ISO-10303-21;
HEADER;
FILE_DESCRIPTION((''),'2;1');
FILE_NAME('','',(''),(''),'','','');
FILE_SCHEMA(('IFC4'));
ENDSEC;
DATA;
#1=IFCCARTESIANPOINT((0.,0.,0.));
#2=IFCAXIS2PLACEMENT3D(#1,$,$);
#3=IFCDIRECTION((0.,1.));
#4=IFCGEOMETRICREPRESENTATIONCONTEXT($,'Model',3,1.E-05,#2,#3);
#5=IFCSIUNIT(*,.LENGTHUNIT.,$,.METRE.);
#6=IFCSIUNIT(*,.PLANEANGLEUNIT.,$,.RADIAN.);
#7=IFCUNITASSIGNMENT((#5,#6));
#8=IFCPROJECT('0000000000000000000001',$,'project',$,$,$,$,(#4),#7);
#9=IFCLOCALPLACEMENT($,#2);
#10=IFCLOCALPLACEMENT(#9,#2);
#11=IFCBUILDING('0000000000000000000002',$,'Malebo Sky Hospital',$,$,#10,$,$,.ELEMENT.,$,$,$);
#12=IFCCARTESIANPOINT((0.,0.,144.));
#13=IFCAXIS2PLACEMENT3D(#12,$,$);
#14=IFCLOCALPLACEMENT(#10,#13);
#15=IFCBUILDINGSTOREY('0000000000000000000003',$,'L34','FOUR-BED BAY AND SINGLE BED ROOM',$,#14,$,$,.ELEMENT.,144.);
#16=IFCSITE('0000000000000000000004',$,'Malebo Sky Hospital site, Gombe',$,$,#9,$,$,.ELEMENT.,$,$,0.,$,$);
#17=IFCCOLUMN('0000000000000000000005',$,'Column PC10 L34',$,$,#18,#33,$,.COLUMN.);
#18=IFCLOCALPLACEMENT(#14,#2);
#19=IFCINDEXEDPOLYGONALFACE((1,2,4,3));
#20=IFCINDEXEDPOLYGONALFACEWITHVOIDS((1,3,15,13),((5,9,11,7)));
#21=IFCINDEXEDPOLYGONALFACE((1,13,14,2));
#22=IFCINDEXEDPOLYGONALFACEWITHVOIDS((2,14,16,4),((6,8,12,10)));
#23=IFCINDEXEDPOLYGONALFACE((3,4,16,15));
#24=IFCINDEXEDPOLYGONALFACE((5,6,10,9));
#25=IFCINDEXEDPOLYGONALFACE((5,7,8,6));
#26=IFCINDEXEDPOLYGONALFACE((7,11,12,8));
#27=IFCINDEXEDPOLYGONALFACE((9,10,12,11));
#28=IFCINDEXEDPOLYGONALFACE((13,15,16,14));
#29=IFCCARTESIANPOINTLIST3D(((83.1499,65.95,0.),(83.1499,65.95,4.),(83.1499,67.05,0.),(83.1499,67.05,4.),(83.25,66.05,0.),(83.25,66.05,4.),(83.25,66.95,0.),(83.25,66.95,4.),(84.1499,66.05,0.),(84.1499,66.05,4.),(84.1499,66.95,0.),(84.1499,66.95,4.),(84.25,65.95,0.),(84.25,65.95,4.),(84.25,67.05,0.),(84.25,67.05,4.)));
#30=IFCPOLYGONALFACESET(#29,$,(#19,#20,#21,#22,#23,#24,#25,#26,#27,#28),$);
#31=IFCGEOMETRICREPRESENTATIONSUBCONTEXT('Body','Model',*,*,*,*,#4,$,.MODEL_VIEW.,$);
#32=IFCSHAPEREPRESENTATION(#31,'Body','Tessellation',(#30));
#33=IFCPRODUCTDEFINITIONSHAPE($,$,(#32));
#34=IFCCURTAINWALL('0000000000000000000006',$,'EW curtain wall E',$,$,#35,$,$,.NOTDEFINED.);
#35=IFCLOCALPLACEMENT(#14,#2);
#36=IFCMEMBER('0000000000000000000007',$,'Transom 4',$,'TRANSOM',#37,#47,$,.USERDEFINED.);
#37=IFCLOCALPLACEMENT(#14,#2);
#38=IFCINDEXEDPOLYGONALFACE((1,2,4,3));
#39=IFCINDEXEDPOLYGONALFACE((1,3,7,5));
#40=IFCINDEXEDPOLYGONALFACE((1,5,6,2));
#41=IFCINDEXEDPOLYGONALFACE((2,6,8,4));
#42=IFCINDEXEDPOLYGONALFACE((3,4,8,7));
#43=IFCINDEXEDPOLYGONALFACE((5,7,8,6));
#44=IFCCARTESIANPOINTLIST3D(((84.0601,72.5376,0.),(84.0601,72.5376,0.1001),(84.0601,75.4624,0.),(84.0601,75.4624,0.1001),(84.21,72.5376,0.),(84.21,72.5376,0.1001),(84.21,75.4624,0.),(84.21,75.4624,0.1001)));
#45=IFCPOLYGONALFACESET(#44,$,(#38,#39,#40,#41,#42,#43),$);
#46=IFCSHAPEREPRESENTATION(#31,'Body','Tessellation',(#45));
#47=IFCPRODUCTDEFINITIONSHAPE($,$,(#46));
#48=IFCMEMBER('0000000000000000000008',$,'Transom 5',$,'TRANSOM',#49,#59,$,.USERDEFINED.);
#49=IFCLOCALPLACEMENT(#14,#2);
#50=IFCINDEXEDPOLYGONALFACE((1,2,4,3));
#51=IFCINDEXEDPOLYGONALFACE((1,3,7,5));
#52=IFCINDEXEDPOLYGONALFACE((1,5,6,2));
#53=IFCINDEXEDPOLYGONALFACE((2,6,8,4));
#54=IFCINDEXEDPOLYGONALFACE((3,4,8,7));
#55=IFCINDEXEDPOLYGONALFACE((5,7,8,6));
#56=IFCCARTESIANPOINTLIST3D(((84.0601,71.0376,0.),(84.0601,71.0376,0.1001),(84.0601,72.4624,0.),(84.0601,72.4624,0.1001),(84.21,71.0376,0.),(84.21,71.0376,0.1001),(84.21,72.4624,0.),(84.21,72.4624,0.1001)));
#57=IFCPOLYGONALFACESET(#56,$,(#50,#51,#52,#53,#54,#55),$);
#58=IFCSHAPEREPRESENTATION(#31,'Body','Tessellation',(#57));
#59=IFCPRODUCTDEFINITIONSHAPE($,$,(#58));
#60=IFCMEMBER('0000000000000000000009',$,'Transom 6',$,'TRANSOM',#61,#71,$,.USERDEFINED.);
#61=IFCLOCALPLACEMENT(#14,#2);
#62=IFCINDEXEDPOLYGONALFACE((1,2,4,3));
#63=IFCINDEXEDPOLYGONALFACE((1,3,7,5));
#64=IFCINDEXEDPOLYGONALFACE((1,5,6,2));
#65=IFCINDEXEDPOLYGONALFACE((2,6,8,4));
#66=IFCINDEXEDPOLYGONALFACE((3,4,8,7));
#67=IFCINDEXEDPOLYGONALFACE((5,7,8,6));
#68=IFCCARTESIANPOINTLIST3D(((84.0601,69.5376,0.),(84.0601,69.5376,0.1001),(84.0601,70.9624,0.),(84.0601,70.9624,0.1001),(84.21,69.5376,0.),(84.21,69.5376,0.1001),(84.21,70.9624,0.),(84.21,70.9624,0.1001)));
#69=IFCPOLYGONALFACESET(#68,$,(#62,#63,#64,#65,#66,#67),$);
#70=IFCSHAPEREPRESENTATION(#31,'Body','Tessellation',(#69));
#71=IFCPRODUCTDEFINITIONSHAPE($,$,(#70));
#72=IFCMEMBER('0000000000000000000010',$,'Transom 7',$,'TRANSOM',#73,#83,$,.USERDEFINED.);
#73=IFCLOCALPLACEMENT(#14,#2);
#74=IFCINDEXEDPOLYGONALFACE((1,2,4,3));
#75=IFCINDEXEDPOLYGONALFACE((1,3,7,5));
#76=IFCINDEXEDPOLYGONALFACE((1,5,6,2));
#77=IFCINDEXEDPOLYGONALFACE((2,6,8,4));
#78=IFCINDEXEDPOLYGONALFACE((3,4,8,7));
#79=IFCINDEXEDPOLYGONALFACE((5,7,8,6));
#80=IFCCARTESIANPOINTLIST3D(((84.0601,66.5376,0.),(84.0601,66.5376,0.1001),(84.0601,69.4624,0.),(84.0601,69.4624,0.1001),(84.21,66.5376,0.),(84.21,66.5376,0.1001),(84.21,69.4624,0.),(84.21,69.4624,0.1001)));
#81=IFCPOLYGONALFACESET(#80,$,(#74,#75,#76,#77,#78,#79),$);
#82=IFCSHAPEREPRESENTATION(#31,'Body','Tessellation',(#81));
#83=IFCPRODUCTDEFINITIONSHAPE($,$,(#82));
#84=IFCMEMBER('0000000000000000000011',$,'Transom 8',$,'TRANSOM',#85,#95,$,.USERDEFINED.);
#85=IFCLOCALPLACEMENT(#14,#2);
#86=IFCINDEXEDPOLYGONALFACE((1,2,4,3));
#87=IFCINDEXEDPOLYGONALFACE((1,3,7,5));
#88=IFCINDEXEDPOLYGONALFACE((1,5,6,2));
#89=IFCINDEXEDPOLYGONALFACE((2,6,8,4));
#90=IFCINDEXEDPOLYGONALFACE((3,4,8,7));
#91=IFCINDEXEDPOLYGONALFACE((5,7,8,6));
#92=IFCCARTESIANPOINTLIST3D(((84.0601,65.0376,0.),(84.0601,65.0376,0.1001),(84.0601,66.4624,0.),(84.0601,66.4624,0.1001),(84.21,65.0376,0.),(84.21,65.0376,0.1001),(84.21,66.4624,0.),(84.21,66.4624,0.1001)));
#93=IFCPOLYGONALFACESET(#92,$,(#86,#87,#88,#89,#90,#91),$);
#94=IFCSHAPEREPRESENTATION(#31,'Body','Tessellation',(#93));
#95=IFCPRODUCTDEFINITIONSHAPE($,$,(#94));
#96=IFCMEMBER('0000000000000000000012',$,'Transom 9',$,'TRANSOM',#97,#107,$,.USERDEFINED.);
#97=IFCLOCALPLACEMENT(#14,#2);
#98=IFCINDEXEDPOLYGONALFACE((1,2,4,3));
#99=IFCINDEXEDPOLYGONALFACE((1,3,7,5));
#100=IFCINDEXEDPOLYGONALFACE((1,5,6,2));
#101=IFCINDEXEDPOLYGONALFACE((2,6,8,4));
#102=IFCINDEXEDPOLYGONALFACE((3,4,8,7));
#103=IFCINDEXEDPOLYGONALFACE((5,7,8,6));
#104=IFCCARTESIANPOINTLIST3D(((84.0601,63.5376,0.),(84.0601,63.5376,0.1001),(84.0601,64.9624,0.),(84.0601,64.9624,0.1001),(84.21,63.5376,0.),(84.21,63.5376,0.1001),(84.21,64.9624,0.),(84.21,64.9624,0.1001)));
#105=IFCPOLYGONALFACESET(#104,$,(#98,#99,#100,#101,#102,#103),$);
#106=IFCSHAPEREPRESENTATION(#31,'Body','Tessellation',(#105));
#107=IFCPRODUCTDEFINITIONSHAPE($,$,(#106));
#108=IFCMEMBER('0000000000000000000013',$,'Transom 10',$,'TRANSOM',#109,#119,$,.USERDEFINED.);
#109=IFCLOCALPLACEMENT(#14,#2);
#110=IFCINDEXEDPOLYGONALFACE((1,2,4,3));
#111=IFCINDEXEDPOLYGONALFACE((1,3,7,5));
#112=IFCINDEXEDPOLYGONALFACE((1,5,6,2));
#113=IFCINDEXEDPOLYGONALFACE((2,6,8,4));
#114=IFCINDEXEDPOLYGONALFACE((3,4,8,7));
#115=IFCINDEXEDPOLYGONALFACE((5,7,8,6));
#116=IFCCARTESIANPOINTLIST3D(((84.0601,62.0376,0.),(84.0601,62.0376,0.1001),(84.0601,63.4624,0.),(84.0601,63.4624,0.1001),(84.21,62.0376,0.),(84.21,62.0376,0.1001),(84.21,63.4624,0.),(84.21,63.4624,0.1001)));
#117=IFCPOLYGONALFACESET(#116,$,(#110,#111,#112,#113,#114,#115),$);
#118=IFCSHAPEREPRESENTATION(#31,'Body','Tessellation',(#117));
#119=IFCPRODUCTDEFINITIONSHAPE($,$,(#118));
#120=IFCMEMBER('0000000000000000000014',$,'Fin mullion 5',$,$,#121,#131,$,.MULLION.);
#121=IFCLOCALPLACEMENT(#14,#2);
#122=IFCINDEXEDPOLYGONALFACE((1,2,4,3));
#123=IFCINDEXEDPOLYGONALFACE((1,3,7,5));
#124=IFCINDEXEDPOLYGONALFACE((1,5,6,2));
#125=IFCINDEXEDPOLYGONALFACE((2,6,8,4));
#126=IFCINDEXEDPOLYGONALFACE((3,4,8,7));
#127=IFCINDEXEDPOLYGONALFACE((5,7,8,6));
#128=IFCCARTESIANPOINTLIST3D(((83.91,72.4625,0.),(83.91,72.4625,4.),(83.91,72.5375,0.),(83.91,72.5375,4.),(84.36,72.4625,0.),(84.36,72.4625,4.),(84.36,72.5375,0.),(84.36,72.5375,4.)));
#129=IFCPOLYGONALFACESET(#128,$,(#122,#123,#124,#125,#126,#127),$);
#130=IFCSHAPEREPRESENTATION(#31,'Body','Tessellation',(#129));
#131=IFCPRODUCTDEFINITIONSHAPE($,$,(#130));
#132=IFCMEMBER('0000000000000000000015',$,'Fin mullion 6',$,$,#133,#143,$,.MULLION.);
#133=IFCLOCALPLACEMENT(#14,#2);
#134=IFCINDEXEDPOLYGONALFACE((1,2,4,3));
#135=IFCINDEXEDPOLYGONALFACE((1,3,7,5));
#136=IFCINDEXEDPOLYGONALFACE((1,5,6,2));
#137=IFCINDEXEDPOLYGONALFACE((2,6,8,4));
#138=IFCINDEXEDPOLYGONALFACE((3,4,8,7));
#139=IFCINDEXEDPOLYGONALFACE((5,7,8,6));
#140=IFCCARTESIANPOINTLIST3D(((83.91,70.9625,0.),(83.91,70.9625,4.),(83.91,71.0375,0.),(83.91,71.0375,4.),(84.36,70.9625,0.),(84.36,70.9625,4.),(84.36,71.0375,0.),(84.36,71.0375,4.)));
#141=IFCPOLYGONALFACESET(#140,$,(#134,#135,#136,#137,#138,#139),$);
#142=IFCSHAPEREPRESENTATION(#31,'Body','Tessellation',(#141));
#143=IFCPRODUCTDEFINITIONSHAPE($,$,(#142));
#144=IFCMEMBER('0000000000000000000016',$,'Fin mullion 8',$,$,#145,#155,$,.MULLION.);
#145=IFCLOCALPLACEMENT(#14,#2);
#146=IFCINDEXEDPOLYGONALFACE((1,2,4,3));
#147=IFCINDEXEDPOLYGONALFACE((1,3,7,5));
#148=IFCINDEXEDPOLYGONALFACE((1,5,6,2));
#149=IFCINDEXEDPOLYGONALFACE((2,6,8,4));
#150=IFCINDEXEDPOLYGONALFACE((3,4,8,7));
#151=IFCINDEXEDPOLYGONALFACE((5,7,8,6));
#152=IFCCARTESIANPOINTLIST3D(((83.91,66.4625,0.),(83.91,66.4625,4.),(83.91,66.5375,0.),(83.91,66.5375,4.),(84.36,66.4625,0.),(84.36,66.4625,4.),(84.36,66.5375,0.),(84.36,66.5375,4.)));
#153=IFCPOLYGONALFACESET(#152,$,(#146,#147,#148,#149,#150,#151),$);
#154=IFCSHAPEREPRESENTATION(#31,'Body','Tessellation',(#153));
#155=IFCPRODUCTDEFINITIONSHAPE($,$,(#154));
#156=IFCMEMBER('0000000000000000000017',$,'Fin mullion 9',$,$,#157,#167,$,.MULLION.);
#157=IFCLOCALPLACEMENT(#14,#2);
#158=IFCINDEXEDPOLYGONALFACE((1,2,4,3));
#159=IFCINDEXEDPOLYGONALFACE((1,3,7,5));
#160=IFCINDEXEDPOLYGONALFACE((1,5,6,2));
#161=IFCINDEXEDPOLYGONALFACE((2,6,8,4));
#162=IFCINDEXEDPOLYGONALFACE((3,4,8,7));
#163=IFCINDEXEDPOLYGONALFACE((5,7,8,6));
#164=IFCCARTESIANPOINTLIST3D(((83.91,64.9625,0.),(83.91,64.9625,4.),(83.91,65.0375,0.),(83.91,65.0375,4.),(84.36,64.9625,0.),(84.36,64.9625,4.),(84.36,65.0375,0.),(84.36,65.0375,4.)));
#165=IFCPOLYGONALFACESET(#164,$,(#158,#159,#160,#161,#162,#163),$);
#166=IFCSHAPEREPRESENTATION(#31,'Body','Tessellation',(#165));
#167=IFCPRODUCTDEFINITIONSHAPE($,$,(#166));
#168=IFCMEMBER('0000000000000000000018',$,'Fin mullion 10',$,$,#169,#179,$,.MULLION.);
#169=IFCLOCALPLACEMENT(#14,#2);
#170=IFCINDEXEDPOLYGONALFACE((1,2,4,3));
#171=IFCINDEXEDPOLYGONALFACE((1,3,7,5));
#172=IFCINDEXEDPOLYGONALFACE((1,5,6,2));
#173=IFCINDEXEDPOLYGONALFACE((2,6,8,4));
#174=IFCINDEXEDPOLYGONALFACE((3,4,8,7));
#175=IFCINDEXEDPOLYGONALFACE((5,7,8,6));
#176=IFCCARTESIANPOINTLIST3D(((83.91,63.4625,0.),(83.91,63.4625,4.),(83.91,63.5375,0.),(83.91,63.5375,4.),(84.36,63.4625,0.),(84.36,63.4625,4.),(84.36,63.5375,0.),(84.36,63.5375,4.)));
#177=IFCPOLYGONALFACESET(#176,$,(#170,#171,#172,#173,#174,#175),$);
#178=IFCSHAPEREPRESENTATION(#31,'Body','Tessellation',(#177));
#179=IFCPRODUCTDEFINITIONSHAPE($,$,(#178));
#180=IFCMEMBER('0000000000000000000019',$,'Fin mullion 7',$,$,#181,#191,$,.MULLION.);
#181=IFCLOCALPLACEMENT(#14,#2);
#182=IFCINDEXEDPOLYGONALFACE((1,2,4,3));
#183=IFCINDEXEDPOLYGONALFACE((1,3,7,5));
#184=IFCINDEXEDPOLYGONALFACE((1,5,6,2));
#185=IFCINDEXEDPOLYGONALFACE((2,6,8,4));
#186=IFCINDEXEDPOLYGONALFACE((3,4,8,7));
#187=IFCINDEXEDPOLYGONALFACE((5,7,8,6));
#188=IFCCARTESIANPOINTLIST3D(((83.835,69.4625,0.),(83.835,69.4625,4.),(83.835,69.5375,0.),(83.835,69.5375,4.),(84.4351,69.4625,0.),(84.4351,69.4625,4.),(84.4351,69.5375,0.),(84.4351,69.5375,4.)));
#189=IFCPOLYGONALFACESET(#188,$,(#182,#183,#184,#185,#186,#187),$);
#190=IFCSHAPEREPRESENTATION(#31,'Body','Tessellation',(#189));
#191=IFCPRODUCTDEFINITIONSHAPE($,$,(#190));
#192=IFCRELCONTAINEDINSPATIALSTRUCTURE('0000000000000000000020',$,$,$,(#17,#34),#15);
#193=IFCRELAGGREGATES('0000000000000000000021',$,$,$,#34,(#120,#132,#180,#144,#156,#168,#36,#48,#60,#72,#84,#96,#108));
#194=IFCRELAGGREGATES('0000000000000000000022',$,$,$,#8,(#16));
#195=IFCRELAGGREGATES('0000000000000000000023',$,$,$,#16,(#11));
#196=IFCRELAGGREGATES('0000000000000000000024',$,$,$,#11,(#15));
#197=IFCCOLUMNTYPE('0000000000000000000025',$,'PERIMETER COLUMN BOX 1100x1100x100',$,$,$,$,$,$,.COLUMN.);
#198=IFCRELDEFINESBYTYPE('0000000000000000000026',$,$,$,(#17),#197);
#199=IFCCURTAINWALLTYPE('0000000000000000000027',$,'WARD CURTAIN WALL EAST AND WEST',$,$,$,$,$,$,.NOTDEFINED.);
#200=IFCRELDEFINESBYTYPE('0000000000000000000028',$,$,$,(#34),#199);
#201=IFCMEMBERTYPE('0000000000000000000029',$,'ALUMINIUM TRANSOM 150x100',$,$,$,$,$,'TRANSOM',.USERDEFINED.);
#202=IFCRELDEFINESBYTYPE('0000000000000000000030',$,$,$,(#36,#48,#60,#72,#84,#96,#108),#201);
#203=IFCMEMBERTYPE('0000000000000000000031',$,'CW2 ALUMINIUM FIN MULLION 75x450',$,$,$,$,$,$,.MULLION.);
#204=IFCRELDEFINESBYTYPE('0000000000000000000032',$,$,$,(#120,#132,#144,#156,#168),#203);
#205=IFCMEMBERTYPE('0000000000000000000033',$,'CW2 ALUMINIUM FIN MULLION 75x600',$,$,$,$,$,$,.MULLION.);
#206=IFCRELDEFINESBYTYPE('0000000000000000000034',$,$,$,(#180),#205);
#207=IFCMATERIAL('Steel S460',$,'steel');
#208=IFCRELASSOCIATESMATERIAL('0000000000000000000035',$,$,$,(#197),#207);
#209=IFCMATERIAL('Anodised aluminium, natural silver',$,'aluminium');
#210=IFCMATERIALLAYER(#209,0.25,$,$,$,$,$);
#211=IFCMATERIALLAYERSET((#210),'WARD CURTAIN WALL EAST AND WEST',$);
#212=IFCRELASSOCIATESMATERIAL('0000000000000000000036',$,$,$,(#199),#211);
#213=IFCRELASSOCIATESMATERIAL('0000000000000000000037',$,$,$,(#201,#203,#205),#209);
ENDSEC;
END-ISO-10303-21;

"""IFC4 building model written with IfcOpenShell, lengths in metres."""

from ifc_helpers import new_model, si_unit, direction, frame, origin, origin_2d, place, context, subcontext, project, spatial, rectangle, hollow_rectangle, extrude, material, layer, layer_set, material_profile, profile_set, type_object, element, aggregate, save


model = new_model("IFC4")

# Units and contexts
model_context = context("Model", 3, precision=1e-05, world=origin(), true_north=direction((0.0, 1.0)))
body_context = subcontext(model_context, "Body", "Model", "MODEL_VIEW")
ifc_project = project(units=[si_unit("LENGTHUNIT", "METRE"), si_unit("PLANEANGLEUNIT", "RADIAN")], contexts=[model_context])

# Site, building, storey
site_placement = place(None, origin())
site = spatial("IfcSite", under=ifc_project, at=site_placement, Name="Malebo Sky Hospital site, Gombe", CompositionType="ELEMENT", RefElevation=0.0)
building_placement = place(site_placement, origin())
building = spatial("IfcBuilding", under=site, at=building_placement, Name="Malebo Sky Hospital", CompositionType="ELEMENT")
storey_placement = place(building_placement, frame((0.0, 0.0, 144.0)))
storey = spatial("IfcBuildingStorey", under=building, at=storey_placement, Name="L34", Description="FOUR-BED BAY AND SINGLE BED ROOM", CompositionType="ELEMENT", Elevation=144.0)

# Column
ifc_material_1 = material(Name="Steel S460", Category="steel")
ifc_material_profile_1 = material_profile(ifc_material_1, hollow_rectangle(XDim=1.1001, YDim=1.1001, WallThickness=0.1001, at=origin_2d()), Name="BOX 1100x1100x100")
ifc_profile_set_1 = profile_set([ifc_material_profile_1], Name="Steel S460")
column_type = type_object("IfcColumnType", Name="PERIMETER COLUMN BOX 1100x1100x100", PredefinedType="COLUMN", material=ifc_profile_set_1)
column_placement = place(storey_placement, frame((83.7, 66.5, 0.0), z_axis=(0.0, 0.0, 1.0), x_axis=(1.0, 0.0, 0.0)))
element("IfcColumn", 1, at=column_placement, inside=storey, type_object=column_type, Name="Column PC10 L34", PredefinedType="COLUMN", context=body_context, shape_type="SweptSolid", body=[
    extrude(hollow_rectangle(XDim=1.1001, YDim=1.1001, WallThickness=0.1001, at=origin_2d()), origin(), (0.0, 0.0, 1.0), 4.0),
])

# Curtain wall, members
ifc_material_2 = material(Name="Anodised aluminium, natural silver", Category="aluminium")
ifc_layer_1 = layer(ifc_material_2, 0.25)
ifc_layer_set_1 = layer_set([ifc_layer_1], Name="WARD CURTAIN WALL EAST AND WEST")
curtain_wall_type = type_object("IfcCurtainWallType", Name="WARD CURTAIN WALL EAST AND WEST", PredefinedType="NOTDEFINED", material=ifc_layer_set_1)
curtain_wall_placement = place(storey_placement, origin())
curtain_wall = element("IfcCurtainWall", 2, at=curtain_wall_placement, inside=storey, type_object=curtain_wall_type, Name="EW curtain wall E", PredefinedType="NOTDEFINED")
ifc_material_profile_2 = material_profile(ifc_material_2, rectangle(XDim=0.1499, YDim=0.1001, at=origin_2d()), Name="ALUMINIUM TRANSOM 150x100")
ifc_profile_set_2 = profile_set([ifc_material_profile_2], Name="Anodised aluminium, natural silver")
member_type_1 = type_object("IfcMemberType", Name="ALUMINIUM TRANSOM 150x100", ElementType="TRANSOM", PredefinedType="USERDEFINED", material=ifc_profile_set_2)
member_1_placement = place(storey_placement, frame((84.135, 75.4624, 0.05), z_axis=(0.0, -1.0, 0.0), x_axis=(1.0, 0.0, 0.0)))
member_1 = element("IfcMember", 3, at=member_1_placement, type_object=member_type_1, Name="Transom 4", ObjectType="TRANSOM", PredefinedType="USERDEFINED", context=body_context, shape_type="SweptSolid", body=[
    extrude(rectangle(XDim=0.1499, YDim=0.1001, at=origin_2d()), origin(), (0.0, 0.0, 1.0), 2.9248),
])
member_2_placement = place(storey_placement, frame((84.135, 72.4624, 0.05), z_axis=(0.0, -1.0, 0.0), x_axis=(1.0, 0.0, 0.0)))
member_2 = element("IfcMember", 4, at=member_2_placement, type_object=member_type_1, Name="Transom 5", ObjectType="TRANSOM", PredefinedType="USERDEFINED", context=body_context, shape_type="SweptSolid", body=[
    extrude(rectangle(XDim=0.1499, YDim=0.1001, at=origin_2d()), origin(), (0.0, 0.0, 1.0), 1.4248),
])
member_3_placement = place(storey_placement, frame((84.135, 70.9624, 0.05), z_axis=(0.0, -1.0, 0.0), x_axis=(1.0, 0.0, 0.0)))
member_3 = element("IfcMember", 5, at=member_3_placement, type_object=member_type_1, Name="Transom 6", ObjectType="TRANSOM", PredefinedType="USERDEFINED", context=body_context, shape_type="SweptSolid", body=[
    extrude(rectangle(XDim=0.1499, YDim=0.1001, at=origin_2d()), origin(), (0.0, 0.0, 1.0), 1.4248),
])
member_4_placement = place(storey_placement, frame((84.135, 69.4624, 0.05), z_axis=(0.0, -1.0, 0.0), x_axis=(1.0, 0.0, 0.0)))
member_4 = element("IfcMember", 6, at=member_4_placement, type_object=member_type_1, Name="Transom 7", ObjectType="TRANSOM", PredefinedType="USERDEFINED", context=body_context, shape_type="SweptSolid", body=[
    extrude(rectangle(XDim=0.1499, YDim=0.1001, at=origin_2d()), origin(), (0.0, 0.0, 1.0), 2.9248),
])
member_5_placement = place(storey_placement, frame((84.135, 66.4624, 0.05), z_axis=(0.0, -1.0, 0.0), x_axis=(1.0, 0.0, 0.0)))
member_5 = element("IfcMember", 7, at=member_5_placement, type_object=member_type_1, Name="Transom 8", ObjectType="TRANSOM", PredefinedType="USERDEFINED", context=body_context, shape_type="SweptSolid", body=[
    extrude(rectangle(XDim=0.1499, YDim=0.1001, at=origin_2d()), origin(), (0.0, 0.0, 1.0), 1.4248),
])
member_6_placement = place(storey_placement, frame((84.135, 64.9624, 0.05), z_axis=(0.0, -1.0, 0.0), x_axis=(1.0, 0.0, 0.0)))
member_6 = element("IfcMember", 8, at=member_6_placement, type_object=member_type_1, Name="Transom 9", ObjectType="TRANSOM", PredefinedType="USERDEFINED", context=body_context, shape_type="SweptSolid", body=[
    extrude(rectangle(XDim=0.1499, YDim=0.1001, at=origin_2d()), origin(), (0.0, 0.0, 1.0), 1.4248),
])
member_7_placement = place(storey_placement, frame((84.135, 63.4624, 0.05), z_axis=(0.0, -1.0, 0.0), x_axis=(1.0, 0.0, 0.0)))
member_7 = element("IfcMember", 9, at=member_7_placement, type_object=member_type_1, Name="Transom 10", ObjectType="TRANSOM", PredefinedType="USERDEFINED", context=body_context, shape_type="SweptSolid", body=[
    extrude(rectangle(XDim=0.1499, YDim=0.1001, at=origin_2d()), origin(), (0.0, 0.0, 1.0), 1.4248),
])
ifc_material_profile_3 = material_profile(ifc_material_2, rectangle(XDim=0.075, YDim=0.45, at=origin_2d()), Name="CW2 ALUMINIUM FIN MULLION 75x450")
ifc_profile_set_3 = profile_set([ifc_material_profile_3], Name="Anodised aluminium, natural silver")
member_type_2 = type_object("IfcMemberType", Name="CW2 ALUMINIUM FIN MULLION 75x450", PredefinedType="MULLION", material=ifc_profile_set_3)
member_8_placement = place(storey_placement, frame((84.135, 72.5, 0.0), z_axis=(0.0, 0.0, 1.0), x_axis=(0.0, -1.0, 0.0)))
member_8 = element("IfcMember", 10, at=member_8_placement, type_object=member_type_2, Name="Fin mullion 5", PredefinedType="MULLION", context=body_context, shape_type="SweptSolid", body=[
    extrude(rectangle(XDim=0.075, YDim=0.45, at=origin_2d()), origin(), (0.0, 0.0, 1.0), 4.0),
])
member_9_placement = place(storey_placement, frame((84.135, 71.0, 0.0), z_axis=(0.0, 0.0, 1.0), x_axis=(0.0, -1.0, 0.0)))
member_9 = element("IfcMember", 11, at=member_9_placement, type_object=member_type_2, Name="Fin mullion 6", PredefinedType="MULLION", context=body_context, shape_type="SweptSolid", body=[
    extrude(rectangle(XDim=0.075, YDim=0.45, at=origin_2d()), origin(), (0.0, 0.0, 1.0), 4.0),
])
member_10_placement = place(storey_placement, frame((84.135, 66.5, 0.0), z_axis=(0.0, 0.0, 1.0), x_axis=(0.0, -1.0, 0.0)))
member_10 = element("IfcMember", 12, at=member_10_placement, type_object=member_type_2, Name="Fin mullion 8", PredefinedType="MULLION", context=body_context, shape_type="SweptSolid", body=[
    extrude(rectangle(XDim=0.075, YDim=0.45, at=origin_2d()), origin(), (0.0, 0.0, 1.0), 4.0),
])
member_11_placement = place(storey_placement, frame((84.135, 65.0, 0.0), z_axis=(0.0, 0.0, 1.0), x_axis=(0.0, -1.0, 0.0)))
member_11 = element("IfcMember", 13, at=member_11_placement, type_object=member_type_2, Name="Fin mullion 9", PredefinedType="MULLION", context=body_context, shape_type="SweptSolid", body=[
    extrude(rectangle(XDim=0.075, YDim=0.45, at=origin_2d()), origin(), (0.0, 0.0, 1.0), 4.0),
])
member_12_placement = place(storey_placement, frame((84.135, 63.5, 0.0), z_axis=(0.0, 0.0, 1.0), x_axis=(0.0, -1.0, 0.0)))
member_12 = element("IfcMember", 14, at=member_12_placement, type_object=member_type_2, Name="Fin mullion 10", PredefinedType="MULLION", context=body_context, shape_type="SweptSolid", body=[
    extrude(rectangle(XDim=0.075, YDim=0.45, at=origin_2d()), origin(), (0.0, 0.0, 1.0), 4.0),
])
ifc_material_profile_4 = material_profile(ifc_material_2, rectangle(XDim=0.075, YDim=0.6001, at=origin_2d()), Name="CW2 ALUMINIUM FIN MULLION 75x600")
ifc_profile_set_4 = profile_set([ifc_material_profile_4], Name="Anodised aluminium, natural silver")
member_type_3 = type_object("IfcMemberType", Name="CW2 ALUMINIUM FIN MULLION 75x600", PredefinedType="MULLION", material=ifc_profile_set_4)
member_13_placement = place(storey_placement, frame((84.135, 69.5, 0.0), z_axis=(0.0, 0.0, 1.0), x_axis=(0.0, -1.0, 0.0)))
member_13 = element("IfcMember", 15, at=member_13_placement, type_object=member_type_3, Name="Fin mullion 7", PredefinedType="MULLION", context=body_context, shape_type="SweptSolid", body=[
    extrude(rectangle(XDim=0.075, YDim=0.6001, at=origin_2d()), origin(), (0.0, 0.0, 1.0), 4.0),
])

aggregate(curtain_wall, [member_8, member_9, member_13, member_10, member_11, member_12, member_1, member_2, member_3, member_4, member_5, member_6, member_7])

save(model, "model.ifc")
